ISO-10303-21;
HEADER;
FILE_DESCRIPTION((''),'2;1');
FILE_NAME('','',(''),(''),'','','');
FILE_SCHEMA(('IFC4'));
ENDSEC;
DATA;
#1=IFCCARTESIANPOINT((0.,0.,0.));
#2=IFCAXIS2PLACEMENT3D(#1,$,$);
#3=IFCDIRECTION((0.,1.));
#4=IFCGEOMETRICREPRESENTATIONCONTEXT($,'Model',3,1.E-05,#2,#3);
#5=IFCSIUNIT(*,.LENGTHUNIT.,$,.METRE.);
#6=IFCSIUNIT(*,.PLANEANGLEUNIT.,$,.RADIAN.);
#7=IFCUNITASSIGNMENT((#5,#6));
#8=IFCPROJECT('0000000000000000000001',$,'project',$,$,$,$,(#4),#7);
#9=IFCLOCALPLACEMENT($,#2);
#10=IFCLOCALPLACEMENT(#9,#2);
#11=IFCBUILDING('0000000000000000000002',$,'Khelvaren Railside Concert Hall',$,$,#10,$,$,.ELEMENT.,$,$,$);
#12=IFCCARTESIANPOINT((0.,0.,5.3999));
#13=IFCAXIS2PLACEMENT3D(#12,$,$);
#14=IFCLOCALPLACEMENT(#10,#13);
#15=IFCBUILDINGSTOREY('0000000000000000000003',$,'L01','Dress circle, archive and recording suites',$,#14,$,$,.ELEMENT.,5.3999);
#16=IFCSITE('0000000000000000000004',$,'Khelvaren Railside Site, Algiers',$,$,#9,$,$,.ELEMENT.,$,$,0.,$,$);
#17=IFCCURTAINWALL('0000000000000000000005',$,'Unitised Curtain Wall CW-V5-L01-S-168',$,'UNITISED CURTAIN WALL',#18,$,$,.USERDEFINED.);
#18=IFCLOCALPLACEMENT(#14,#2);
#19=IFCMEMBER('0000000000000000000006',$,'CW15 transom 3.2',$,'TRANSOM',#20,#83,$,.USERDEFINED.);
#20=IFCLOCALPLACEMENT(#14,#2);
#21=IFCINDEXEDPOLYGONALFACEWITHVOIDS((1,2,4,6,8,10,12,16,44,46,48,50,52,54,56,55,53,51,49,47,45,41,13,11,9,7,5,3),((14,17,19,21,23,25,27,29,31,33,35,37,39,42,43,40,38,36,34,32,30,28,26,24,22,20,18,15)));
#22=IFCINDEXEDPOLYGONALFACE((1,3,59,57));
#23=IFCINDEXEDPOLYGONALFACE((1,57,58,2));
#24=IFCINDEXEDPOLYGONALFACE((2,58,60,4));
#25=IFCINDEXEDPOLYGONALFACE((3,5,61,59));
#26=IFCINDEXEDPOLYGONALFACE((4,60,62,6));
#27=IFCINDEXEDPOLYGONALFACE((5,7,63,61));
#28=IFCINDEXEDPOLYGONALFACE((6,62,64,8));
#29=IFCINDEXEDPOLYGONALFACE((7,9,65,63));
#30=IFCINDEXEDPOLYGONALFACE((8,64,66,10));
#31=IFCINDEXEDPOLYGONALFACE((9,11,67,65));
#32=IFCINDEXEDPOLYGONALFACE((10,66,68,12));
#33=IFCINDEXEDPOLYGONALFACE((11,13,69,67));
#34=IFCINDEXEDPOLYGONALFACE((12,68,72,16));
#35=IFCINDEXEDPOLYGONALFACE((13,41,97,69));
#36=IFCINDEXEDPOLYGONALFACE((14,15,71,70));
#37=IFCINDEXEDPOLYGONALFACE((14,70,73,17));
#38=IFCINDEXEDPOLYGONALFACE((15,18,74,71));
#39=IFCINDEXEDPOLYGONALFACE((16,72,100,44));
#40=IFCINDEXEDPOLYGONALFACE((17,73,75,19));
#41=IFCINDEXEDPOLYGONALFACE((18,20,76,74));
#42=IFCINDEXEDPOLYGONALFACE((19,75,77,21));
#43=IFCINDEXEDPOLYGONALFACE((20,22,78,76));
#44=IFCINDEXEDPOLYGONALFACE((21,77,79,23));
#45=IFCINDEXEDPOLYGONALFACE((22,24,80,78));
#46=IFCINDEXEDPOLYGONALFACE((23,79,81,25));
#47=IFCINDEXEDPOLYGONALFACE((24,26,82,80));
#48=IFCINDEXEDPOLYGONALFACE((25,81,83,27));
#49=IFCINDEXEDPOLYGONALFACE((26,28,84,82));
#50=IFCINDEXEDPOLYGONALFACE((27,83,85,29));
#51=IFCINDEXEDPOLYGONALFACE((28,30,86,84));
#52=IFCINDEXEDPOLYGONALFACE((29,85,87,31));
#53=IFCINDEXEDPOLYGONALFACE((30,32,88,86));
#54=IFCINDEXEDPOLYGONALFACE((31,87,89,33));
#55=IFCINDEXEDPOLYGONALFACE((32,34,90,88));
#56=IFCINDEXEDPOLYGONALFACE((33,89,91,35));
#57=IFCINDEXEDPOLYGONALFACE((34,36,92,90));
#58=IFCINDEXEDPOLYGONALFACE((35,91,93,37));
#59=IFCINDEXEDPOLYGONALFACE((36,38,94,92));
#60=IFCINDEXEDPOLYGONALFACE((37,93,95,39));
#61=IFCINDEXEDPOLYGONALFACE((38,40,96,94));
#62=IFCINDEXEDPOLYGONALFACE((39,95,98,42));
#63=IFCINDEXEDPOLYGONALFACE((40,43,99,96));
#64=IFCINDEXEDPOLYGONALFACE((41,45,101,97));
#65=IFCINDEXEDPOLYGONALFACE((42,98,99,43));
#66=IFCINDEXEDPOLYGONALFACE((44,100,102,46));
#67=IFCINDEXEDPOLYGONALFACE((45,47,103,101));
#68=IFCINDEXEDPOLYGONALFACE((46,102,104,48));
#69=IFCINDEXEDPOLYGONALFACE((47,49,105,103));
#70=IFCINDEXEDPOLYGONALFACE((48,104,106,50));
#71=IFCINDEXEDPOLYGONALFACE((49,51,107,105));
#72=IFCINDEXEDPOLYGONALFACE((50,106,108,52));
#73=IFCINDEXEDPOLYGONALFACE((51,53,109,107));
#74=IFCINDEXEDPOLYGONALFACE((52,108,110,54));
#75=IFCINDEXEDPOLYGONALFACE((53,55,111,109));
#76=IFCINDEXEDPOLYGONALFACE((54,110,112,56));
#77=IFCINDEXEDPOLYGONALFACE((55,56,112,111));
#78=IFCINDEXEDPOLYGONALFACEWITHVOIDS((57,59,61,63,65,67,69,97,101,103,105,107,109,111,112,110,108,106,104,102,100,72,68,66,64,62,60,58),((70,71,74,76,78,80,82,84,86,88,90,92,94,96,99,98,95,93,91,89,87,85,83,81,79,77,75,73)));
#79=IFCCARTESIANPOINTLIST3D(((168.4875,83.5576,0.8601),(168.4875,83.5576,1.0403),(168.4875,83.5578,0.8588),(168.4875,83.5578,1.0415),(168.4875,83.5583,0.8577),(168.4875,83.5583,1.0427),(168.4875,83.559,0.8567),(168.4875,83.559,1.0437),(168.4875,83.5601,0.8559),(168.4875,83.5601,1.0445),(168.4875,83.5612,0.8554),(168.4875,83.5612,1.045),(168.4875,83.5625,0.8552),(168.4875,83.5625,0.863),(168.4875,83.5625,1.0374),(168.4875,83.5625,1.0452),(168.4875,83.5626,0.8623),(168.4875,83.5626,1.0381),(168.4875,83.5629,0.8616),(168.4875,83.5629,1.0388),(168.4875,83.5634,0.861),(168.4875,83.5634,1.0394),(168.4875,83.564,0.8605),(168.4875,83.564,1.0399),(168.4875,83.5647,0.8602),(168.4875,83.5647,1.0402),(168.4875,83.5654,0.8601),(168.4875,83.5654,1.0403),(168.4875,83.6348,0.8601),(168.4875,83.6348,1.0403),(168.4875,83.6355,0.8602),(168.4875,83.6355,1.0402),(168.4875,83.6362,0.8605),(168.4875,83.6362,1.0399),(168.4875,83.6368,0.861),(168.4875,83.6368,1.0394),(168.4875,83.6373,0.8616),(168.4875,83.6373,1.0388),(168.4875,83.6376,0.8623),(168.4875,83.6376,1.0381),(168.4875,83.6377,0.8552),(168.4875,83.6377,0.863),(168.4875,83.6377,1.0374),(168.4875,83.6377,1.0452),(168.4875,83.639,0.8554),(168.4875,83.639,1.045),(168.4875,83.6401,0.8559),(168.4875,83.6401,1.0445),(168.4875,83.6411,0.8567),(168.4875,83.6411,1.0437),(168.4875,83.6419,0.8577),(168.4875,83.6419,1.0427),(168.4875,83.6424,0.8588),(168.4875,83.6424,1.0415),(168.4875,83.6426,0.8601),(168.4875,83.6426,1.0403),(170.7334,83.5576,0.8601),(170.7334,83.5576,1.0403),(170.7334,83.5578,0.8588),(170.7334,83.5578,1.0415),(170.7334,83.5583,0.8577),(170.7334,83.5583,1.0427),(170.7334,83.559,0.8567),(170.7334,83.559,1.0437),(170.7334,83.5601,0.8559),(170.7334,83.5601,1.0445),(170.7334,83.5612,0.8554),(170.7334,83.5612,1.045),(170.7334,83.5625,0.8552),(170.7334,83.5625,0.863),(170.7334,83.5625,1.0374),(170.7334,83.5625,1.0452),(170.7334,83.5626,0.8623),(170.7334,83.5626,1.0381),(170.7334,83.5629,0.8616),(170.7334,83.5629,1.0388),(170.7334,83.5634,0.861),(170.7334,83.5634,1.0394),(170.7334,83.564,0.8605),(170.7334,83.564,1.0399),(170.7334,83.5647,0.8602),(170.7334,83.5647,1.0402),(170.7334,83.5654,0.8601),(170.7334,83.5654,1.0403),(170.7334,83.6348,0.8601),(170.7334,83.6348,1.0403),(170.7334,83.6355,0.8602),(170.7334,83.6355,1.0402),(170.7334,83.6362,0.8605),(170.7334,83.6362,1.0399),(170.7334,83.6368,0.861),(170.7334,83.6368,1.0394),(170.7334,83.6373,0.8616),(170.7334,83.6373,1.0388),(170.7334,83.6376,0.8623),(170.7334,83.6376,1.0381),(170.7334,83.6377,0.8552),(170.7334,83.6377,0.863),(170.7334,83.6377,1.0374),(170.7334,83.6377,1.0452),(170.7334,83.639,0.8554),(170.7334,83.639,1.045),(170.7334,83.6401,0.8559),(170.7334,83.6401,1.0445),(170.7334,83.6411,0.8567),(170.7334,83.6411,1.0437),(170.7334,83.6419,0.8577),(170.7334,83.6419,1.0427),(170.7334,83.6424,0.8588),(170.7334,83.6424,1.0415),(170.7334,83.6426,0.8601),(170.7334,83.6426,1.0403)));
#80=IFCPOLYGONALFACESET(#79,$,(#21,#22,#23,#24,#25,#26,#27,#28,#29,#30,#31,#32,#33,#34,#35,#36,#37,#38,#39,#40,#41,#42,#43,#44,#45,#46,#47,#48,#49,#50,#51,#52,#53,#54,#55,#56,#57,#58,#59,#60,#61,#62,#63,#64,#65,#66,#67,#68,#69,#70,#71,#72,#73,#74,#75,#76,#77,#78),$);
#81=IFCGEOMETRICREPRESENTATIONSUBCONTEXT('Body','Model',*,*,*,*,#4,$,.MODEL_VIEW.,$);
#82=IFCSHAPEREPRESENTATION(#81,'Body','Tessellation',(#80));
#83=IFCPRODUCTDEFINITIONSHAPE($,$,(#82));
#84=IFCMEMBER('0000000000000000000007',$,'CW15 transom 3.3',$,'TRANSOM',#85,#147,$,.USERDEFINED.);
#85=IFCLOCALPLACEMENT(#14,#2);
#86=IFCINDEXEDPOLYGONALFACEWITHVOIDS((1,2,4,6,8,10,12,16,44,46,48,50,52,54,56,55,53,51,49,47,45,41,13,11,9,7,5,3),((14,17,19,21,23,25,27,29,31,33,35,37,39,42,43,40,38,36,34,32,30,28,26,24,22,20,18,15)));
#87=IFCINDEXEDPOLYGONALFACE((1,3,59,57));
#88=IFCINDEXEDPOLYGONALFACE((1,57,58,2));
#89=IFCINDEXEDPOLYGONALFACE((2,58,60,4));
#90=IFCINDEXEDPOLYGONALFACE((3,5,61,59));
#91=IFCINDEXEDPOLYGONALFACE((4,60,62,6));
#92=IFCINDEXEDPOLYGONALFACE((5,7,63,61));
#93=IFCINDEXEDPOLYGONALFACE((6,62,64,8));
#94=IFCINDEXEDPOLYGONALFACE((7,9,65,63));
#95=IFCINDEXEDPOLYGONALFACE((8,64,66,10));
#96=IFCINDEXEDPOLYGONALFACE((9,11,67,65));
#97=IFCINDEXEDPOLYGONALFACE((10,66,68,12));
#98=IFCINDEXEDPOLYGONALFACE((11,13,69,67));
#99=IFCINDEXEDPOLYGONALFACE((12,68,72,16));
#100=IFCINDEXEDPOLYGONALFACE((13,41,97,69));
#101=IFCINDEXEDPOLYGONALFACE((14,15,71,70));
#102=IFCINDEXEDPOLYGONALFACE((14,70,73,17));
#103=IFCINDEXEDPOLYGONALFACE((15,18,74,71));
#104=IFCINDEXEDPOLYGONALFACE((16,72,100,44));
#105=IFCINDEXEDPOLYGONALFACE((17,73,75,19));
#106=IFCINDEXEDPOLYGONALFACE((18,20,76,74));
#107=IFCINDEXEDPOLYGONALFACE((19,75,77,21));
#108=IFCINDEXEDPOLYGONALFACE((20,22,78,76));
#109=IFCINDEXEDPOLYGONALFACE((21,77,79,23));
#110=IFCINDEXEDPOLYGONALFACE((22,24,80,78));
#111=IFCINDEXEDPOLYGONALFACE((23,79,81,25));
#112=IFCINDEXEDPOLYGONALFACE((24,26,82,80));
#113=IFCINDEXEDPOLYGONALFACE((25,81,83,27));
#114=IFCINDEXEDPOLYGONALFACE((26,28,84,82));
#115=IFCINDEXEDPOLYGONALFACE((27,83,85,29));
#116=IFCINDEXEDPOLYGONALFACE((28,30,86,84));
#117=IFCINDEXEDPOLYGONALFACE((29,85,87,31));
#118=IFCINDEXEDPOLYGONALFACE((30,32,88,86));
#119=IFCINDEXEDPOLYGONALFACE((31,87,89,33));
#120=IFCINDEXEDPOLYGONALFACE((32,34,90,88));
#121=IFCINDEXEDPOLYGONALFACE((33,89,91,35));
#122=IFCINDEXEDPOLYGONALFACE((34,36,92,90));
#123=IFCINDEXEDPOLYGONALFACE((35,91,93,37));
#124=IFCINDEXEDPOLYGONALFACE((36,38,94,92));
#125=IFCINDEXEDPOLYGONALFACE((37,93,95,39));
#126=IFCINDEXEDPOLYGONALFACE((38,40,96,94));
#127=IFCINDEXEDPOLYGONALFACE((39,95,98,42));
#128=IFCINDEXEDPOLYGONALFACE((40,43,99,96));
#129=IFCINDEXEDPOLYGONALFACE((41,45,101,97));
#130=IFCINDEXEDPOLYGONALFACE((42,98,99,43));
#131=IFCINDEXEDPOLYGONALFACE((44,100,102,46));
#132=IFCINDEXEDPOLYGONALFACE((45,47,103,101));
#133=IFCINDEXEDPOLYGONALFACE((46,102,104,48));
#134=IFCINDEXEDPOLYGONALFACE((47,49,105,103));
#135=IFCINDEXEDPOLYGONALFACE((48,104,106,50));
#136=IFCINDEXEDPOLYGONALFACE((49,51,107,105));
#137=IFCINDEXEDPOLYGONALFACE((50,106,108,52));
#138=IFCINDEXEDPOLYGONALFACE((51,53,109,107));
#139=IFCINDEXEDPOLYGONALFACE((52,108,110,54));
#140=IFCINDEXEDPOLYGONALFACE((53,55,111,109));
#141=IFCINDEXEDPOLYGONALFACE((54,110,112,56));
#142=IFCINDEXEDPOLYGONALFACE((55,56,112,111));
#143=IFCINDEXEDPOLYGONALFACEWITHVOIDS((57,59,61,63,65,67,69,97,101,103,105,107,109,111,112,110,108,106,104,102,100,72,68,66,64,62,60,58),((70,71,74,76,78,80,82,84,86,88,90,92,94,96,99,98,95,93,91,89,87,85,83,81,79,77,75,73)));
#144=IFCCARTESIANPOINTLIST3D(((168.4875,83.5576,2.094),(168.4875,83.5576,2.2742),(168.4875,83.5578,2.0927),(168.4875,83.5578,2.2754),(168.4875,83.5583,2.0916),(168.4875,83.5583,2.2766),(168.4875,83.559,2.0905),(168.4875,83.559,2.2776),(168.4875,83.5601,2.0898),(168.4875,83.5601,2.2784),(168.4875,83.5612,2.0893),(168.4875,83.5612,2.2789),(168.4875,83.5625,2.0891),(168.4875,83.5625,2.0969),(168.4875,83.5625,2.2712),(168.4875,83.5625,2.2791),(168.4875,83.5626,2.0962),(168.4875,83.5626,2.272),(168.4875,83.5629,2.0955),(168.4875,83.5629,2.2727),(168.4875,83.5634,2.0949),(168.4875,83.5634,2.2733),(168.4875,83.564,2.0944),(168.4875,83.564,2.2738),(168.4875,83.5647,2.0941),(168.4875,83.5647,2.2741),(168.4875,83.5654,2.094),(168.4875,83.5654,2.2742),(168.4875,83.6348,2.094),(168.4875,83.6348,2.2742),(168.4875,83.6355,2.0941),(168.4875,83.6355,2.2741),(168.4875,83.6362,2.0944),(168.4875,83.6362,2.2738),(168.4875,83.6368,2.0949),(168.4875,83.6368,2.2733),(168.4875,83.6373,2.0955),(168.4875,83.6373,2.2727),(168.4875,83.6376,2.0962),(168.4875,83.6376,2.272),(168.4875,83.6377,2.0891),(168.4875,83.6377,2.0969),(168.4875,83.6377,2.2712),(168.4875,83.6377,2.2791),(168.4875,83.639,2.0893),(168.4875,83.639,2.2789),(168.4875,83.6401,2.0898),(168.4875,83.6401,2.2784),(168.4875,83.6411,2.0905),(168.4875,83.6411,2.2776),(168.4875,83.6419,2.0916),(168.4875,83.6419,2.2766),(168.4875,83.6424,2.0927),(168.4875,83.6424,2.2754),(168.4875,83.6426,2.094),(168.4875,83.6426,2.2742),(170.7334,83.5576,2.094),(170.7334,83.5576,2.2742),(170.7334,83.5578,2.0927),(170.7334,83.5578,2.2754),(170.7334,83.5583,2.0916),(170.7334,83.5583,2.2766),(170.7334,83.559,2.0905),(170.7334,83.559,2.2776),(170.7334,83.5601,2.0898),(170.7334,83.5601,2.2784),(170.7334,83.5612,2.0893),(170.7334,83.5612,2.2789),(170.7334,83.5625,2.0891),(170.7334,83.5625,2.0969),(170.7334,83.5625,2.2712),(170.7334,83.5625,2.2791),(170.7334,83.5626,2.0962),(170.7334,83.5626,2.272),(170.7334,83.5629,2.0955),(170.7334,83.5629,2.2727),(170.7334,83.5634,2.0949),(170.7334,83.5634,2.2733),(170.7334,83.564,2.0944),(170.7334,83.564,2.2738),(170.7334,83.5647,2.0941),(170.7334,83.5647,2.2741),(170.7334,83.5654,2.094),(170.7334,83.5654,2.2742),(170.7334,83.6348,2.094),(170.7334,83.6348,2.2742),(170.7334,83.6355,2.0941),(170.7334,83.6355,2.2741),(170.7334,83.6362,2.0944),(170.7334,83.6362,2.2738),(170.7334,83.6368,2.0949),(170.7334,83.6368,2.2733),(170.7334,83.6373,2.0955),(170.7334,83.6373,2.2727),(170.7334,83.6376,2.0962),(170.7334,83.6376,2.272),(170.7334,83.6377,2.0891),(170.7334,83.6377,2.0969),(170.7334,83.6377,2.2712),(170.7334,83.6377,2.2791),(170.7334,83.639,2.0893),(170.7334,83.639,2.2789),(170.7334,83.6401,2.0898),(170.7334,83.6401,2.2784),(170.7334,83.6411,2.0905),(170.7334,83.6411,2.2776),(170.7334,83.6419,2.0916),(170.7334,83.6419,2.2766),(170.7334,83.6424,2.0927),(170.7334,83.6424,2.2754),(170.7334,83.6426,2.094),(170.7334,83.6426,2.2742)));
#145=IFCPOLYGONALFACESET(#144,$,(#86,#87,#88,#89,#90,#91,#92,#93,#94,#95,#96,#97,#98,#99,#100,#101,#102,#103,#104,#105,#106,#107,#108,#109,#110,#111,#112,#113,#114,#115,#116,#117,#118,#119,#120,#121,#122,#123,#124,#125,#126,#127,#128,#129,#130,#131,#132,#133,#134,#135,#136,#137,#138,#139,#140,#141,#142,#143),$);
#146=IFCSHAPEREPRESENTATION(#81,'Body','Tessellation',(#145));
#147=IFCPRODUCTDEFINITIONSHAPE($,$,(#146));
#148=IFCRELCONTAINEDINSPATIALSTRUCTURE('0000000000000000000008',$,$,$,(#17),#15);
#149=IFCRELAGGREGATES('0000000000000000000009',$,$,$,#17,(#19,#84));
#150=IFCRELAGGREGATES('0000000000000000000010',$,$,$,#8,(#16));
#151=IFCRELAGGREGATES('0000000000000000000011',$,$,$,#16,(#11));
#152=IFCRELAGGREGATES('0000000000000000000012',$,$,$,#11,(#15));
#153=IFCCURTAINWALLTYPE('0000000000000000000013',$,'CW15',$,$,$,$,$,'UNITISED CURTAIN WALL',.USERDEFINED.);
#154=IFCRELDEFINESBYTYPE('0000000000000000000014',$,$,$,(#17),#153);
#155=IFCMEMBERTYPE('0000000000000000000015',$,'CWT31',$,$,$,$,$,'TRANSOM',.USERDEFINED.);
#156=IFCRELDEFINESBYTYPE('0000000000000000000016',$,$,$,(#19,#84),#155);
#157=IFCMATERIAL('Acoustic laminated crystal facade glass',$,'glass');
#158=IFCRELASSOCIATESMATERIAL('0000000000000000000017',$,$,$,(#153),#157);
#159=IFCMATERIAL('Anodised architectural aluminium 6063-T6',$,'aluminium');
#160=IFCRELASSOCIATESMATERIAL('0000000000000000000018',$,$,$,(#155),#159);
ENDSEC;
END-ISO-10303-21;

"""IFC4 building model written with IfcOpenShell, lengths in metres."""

from ifc_helpers import new_model, si_unit, direction, frame, origin, origin_2d, place, context, subcontext, project, spatial, hollow_rectangle, extrude, material, material_profile, profile_set, type_object, element, aggregate, save


model = new_model("IFC4")

# Units and contexts
model_context = context("Model", 3, precision=1e-05, world=origin(), true_north=direction((0.0, 1.0)))
body_context = subcontext(model_context, "Body", "Model", "MODEL_VIEW")
ifc_project = project(units=[si_unit("LENGTHUNIT", "METRE"), si_unit("PLANEANGLEUNIT", "RADIAN")], contexts=[model_context])

# Site, building, storey
site_placement = place(None, origin())
site = spatial("IfcSite", under=ifc_project, at=site_placement, Name="Khelvaren Railside Site, Algiers", CompositionType="ELEMENT", RefElevation=0.0)
building_placement = place(site_placement, origin())
building = spatial("IfcBuilding", under=site, at=building_placement, Name="Khelvaren Railside Concert Hall", CompositionType="ELEMENT")
storey_placement = place(building_placement, frame((0.0, 0.0, 5.3999)))
storey = spatial("IfcBuildingStorey", under=building, at=storey_placement, Name="L01", Description="Dress circle, archive and recording suites", CompositionType="ELEMENT", Elevation=5.3999)

# Curtain wall, members
ifc_material_1 = material(Name="Acoustic laminated crystal facade glass", Category="glass")
curtain_wall_type = type_object("IfcCurtainWallType", Name="CW15", ElementType="UNITISED CURTAIN WALL", PredefinedType="USERDEFINED", material=ifc_material_1)
curtain_wall_placement = place(storey_placement, origin())
curtain_wall = element("IfcCurtainWall", 1, at=curtain_wall_placement, inside=storey, type_object=curtain_wall_type, Name="Unitised Curtain Wall CW-V5-L01-S-168", ObjectType="UNITISED CURTAIN WALL", PredefinedType="USERDEFINED")
ifc_material_2 = material(Name="Anodised architectural aluminium 6063-T6", Category="aluminium")
ifc_material_profile_1 = material_profile(ifc_material_2, hollow_rectangle(XDim=0.085, YDim=0.1899, WallThickness=0.0049, InnerFilletRadius=0.0029, OuterFilletRadius=0.0049, at=origin_2d()), Name="CWT 85x190x5")
ifc_profile_set_1 = profile_set([ifc_material_profile_1], Name="Anodised architectural aluminium 6063-T6")
member_type_1 = type_object("IfcMemberType", Name="CWT31", ElementType="TRANSOM", PredefinedType="USERDEFINED", material=ifc_profile_set_1)
member_1_placement = place(storey_placement, frame((170.7334, 83.6001, 0.9502), z_axis=(-1.0, 0.0, 0.0), x_axis=(0.0, -1.0, 0.0)))
member_1 = element("IfcMember", 2, at=member_1_placement, type_object=member_type_1, Name="CW15 transom 3.2", ObjectType="TRANSOM", PredefinedType="USERDEFINED", context=body_context, shape_type="SweptSolid", body=[
    extrude(hollow_rectangle(XDim=0.085, YDim=0.1899, WallThickness=0.0049, InnerFilletRadius=0.0029, OuterFilletRadius=0.0049, at=origin_2d()), origin(), (0.0, 0.0, 1.0), 2.2458),
])
member_2_placement = place(storey_placement, frame((170.7334, 83.6001, 2.1841), z_axis=(-1.0, 0.0, 0.0), x_axis=(0.0, -1.0, 0.0)))
member_2 = element("IfcMember", 3, at=member_2_placement, type_object=member_type_1, Name="CW15 transom 3.3", ObjectType="TRANSOM", PredefinedType="USERDEFINED", context=body_context, shape_type="SweptSolid", body=[
    extrude(hollow_rectangle(XDim=0.085, YDim=0.1899, WallThickness=0.0049, InnerFilletRadius=0.0029, OuterFilletRadius=0.0049, at=origin_2d()), origin(), (0.0, 0.0, 1.0), 2.2458),
])

aggregate(curtain_wall, [member_1, member_2])

save(model, "model.ifc")
